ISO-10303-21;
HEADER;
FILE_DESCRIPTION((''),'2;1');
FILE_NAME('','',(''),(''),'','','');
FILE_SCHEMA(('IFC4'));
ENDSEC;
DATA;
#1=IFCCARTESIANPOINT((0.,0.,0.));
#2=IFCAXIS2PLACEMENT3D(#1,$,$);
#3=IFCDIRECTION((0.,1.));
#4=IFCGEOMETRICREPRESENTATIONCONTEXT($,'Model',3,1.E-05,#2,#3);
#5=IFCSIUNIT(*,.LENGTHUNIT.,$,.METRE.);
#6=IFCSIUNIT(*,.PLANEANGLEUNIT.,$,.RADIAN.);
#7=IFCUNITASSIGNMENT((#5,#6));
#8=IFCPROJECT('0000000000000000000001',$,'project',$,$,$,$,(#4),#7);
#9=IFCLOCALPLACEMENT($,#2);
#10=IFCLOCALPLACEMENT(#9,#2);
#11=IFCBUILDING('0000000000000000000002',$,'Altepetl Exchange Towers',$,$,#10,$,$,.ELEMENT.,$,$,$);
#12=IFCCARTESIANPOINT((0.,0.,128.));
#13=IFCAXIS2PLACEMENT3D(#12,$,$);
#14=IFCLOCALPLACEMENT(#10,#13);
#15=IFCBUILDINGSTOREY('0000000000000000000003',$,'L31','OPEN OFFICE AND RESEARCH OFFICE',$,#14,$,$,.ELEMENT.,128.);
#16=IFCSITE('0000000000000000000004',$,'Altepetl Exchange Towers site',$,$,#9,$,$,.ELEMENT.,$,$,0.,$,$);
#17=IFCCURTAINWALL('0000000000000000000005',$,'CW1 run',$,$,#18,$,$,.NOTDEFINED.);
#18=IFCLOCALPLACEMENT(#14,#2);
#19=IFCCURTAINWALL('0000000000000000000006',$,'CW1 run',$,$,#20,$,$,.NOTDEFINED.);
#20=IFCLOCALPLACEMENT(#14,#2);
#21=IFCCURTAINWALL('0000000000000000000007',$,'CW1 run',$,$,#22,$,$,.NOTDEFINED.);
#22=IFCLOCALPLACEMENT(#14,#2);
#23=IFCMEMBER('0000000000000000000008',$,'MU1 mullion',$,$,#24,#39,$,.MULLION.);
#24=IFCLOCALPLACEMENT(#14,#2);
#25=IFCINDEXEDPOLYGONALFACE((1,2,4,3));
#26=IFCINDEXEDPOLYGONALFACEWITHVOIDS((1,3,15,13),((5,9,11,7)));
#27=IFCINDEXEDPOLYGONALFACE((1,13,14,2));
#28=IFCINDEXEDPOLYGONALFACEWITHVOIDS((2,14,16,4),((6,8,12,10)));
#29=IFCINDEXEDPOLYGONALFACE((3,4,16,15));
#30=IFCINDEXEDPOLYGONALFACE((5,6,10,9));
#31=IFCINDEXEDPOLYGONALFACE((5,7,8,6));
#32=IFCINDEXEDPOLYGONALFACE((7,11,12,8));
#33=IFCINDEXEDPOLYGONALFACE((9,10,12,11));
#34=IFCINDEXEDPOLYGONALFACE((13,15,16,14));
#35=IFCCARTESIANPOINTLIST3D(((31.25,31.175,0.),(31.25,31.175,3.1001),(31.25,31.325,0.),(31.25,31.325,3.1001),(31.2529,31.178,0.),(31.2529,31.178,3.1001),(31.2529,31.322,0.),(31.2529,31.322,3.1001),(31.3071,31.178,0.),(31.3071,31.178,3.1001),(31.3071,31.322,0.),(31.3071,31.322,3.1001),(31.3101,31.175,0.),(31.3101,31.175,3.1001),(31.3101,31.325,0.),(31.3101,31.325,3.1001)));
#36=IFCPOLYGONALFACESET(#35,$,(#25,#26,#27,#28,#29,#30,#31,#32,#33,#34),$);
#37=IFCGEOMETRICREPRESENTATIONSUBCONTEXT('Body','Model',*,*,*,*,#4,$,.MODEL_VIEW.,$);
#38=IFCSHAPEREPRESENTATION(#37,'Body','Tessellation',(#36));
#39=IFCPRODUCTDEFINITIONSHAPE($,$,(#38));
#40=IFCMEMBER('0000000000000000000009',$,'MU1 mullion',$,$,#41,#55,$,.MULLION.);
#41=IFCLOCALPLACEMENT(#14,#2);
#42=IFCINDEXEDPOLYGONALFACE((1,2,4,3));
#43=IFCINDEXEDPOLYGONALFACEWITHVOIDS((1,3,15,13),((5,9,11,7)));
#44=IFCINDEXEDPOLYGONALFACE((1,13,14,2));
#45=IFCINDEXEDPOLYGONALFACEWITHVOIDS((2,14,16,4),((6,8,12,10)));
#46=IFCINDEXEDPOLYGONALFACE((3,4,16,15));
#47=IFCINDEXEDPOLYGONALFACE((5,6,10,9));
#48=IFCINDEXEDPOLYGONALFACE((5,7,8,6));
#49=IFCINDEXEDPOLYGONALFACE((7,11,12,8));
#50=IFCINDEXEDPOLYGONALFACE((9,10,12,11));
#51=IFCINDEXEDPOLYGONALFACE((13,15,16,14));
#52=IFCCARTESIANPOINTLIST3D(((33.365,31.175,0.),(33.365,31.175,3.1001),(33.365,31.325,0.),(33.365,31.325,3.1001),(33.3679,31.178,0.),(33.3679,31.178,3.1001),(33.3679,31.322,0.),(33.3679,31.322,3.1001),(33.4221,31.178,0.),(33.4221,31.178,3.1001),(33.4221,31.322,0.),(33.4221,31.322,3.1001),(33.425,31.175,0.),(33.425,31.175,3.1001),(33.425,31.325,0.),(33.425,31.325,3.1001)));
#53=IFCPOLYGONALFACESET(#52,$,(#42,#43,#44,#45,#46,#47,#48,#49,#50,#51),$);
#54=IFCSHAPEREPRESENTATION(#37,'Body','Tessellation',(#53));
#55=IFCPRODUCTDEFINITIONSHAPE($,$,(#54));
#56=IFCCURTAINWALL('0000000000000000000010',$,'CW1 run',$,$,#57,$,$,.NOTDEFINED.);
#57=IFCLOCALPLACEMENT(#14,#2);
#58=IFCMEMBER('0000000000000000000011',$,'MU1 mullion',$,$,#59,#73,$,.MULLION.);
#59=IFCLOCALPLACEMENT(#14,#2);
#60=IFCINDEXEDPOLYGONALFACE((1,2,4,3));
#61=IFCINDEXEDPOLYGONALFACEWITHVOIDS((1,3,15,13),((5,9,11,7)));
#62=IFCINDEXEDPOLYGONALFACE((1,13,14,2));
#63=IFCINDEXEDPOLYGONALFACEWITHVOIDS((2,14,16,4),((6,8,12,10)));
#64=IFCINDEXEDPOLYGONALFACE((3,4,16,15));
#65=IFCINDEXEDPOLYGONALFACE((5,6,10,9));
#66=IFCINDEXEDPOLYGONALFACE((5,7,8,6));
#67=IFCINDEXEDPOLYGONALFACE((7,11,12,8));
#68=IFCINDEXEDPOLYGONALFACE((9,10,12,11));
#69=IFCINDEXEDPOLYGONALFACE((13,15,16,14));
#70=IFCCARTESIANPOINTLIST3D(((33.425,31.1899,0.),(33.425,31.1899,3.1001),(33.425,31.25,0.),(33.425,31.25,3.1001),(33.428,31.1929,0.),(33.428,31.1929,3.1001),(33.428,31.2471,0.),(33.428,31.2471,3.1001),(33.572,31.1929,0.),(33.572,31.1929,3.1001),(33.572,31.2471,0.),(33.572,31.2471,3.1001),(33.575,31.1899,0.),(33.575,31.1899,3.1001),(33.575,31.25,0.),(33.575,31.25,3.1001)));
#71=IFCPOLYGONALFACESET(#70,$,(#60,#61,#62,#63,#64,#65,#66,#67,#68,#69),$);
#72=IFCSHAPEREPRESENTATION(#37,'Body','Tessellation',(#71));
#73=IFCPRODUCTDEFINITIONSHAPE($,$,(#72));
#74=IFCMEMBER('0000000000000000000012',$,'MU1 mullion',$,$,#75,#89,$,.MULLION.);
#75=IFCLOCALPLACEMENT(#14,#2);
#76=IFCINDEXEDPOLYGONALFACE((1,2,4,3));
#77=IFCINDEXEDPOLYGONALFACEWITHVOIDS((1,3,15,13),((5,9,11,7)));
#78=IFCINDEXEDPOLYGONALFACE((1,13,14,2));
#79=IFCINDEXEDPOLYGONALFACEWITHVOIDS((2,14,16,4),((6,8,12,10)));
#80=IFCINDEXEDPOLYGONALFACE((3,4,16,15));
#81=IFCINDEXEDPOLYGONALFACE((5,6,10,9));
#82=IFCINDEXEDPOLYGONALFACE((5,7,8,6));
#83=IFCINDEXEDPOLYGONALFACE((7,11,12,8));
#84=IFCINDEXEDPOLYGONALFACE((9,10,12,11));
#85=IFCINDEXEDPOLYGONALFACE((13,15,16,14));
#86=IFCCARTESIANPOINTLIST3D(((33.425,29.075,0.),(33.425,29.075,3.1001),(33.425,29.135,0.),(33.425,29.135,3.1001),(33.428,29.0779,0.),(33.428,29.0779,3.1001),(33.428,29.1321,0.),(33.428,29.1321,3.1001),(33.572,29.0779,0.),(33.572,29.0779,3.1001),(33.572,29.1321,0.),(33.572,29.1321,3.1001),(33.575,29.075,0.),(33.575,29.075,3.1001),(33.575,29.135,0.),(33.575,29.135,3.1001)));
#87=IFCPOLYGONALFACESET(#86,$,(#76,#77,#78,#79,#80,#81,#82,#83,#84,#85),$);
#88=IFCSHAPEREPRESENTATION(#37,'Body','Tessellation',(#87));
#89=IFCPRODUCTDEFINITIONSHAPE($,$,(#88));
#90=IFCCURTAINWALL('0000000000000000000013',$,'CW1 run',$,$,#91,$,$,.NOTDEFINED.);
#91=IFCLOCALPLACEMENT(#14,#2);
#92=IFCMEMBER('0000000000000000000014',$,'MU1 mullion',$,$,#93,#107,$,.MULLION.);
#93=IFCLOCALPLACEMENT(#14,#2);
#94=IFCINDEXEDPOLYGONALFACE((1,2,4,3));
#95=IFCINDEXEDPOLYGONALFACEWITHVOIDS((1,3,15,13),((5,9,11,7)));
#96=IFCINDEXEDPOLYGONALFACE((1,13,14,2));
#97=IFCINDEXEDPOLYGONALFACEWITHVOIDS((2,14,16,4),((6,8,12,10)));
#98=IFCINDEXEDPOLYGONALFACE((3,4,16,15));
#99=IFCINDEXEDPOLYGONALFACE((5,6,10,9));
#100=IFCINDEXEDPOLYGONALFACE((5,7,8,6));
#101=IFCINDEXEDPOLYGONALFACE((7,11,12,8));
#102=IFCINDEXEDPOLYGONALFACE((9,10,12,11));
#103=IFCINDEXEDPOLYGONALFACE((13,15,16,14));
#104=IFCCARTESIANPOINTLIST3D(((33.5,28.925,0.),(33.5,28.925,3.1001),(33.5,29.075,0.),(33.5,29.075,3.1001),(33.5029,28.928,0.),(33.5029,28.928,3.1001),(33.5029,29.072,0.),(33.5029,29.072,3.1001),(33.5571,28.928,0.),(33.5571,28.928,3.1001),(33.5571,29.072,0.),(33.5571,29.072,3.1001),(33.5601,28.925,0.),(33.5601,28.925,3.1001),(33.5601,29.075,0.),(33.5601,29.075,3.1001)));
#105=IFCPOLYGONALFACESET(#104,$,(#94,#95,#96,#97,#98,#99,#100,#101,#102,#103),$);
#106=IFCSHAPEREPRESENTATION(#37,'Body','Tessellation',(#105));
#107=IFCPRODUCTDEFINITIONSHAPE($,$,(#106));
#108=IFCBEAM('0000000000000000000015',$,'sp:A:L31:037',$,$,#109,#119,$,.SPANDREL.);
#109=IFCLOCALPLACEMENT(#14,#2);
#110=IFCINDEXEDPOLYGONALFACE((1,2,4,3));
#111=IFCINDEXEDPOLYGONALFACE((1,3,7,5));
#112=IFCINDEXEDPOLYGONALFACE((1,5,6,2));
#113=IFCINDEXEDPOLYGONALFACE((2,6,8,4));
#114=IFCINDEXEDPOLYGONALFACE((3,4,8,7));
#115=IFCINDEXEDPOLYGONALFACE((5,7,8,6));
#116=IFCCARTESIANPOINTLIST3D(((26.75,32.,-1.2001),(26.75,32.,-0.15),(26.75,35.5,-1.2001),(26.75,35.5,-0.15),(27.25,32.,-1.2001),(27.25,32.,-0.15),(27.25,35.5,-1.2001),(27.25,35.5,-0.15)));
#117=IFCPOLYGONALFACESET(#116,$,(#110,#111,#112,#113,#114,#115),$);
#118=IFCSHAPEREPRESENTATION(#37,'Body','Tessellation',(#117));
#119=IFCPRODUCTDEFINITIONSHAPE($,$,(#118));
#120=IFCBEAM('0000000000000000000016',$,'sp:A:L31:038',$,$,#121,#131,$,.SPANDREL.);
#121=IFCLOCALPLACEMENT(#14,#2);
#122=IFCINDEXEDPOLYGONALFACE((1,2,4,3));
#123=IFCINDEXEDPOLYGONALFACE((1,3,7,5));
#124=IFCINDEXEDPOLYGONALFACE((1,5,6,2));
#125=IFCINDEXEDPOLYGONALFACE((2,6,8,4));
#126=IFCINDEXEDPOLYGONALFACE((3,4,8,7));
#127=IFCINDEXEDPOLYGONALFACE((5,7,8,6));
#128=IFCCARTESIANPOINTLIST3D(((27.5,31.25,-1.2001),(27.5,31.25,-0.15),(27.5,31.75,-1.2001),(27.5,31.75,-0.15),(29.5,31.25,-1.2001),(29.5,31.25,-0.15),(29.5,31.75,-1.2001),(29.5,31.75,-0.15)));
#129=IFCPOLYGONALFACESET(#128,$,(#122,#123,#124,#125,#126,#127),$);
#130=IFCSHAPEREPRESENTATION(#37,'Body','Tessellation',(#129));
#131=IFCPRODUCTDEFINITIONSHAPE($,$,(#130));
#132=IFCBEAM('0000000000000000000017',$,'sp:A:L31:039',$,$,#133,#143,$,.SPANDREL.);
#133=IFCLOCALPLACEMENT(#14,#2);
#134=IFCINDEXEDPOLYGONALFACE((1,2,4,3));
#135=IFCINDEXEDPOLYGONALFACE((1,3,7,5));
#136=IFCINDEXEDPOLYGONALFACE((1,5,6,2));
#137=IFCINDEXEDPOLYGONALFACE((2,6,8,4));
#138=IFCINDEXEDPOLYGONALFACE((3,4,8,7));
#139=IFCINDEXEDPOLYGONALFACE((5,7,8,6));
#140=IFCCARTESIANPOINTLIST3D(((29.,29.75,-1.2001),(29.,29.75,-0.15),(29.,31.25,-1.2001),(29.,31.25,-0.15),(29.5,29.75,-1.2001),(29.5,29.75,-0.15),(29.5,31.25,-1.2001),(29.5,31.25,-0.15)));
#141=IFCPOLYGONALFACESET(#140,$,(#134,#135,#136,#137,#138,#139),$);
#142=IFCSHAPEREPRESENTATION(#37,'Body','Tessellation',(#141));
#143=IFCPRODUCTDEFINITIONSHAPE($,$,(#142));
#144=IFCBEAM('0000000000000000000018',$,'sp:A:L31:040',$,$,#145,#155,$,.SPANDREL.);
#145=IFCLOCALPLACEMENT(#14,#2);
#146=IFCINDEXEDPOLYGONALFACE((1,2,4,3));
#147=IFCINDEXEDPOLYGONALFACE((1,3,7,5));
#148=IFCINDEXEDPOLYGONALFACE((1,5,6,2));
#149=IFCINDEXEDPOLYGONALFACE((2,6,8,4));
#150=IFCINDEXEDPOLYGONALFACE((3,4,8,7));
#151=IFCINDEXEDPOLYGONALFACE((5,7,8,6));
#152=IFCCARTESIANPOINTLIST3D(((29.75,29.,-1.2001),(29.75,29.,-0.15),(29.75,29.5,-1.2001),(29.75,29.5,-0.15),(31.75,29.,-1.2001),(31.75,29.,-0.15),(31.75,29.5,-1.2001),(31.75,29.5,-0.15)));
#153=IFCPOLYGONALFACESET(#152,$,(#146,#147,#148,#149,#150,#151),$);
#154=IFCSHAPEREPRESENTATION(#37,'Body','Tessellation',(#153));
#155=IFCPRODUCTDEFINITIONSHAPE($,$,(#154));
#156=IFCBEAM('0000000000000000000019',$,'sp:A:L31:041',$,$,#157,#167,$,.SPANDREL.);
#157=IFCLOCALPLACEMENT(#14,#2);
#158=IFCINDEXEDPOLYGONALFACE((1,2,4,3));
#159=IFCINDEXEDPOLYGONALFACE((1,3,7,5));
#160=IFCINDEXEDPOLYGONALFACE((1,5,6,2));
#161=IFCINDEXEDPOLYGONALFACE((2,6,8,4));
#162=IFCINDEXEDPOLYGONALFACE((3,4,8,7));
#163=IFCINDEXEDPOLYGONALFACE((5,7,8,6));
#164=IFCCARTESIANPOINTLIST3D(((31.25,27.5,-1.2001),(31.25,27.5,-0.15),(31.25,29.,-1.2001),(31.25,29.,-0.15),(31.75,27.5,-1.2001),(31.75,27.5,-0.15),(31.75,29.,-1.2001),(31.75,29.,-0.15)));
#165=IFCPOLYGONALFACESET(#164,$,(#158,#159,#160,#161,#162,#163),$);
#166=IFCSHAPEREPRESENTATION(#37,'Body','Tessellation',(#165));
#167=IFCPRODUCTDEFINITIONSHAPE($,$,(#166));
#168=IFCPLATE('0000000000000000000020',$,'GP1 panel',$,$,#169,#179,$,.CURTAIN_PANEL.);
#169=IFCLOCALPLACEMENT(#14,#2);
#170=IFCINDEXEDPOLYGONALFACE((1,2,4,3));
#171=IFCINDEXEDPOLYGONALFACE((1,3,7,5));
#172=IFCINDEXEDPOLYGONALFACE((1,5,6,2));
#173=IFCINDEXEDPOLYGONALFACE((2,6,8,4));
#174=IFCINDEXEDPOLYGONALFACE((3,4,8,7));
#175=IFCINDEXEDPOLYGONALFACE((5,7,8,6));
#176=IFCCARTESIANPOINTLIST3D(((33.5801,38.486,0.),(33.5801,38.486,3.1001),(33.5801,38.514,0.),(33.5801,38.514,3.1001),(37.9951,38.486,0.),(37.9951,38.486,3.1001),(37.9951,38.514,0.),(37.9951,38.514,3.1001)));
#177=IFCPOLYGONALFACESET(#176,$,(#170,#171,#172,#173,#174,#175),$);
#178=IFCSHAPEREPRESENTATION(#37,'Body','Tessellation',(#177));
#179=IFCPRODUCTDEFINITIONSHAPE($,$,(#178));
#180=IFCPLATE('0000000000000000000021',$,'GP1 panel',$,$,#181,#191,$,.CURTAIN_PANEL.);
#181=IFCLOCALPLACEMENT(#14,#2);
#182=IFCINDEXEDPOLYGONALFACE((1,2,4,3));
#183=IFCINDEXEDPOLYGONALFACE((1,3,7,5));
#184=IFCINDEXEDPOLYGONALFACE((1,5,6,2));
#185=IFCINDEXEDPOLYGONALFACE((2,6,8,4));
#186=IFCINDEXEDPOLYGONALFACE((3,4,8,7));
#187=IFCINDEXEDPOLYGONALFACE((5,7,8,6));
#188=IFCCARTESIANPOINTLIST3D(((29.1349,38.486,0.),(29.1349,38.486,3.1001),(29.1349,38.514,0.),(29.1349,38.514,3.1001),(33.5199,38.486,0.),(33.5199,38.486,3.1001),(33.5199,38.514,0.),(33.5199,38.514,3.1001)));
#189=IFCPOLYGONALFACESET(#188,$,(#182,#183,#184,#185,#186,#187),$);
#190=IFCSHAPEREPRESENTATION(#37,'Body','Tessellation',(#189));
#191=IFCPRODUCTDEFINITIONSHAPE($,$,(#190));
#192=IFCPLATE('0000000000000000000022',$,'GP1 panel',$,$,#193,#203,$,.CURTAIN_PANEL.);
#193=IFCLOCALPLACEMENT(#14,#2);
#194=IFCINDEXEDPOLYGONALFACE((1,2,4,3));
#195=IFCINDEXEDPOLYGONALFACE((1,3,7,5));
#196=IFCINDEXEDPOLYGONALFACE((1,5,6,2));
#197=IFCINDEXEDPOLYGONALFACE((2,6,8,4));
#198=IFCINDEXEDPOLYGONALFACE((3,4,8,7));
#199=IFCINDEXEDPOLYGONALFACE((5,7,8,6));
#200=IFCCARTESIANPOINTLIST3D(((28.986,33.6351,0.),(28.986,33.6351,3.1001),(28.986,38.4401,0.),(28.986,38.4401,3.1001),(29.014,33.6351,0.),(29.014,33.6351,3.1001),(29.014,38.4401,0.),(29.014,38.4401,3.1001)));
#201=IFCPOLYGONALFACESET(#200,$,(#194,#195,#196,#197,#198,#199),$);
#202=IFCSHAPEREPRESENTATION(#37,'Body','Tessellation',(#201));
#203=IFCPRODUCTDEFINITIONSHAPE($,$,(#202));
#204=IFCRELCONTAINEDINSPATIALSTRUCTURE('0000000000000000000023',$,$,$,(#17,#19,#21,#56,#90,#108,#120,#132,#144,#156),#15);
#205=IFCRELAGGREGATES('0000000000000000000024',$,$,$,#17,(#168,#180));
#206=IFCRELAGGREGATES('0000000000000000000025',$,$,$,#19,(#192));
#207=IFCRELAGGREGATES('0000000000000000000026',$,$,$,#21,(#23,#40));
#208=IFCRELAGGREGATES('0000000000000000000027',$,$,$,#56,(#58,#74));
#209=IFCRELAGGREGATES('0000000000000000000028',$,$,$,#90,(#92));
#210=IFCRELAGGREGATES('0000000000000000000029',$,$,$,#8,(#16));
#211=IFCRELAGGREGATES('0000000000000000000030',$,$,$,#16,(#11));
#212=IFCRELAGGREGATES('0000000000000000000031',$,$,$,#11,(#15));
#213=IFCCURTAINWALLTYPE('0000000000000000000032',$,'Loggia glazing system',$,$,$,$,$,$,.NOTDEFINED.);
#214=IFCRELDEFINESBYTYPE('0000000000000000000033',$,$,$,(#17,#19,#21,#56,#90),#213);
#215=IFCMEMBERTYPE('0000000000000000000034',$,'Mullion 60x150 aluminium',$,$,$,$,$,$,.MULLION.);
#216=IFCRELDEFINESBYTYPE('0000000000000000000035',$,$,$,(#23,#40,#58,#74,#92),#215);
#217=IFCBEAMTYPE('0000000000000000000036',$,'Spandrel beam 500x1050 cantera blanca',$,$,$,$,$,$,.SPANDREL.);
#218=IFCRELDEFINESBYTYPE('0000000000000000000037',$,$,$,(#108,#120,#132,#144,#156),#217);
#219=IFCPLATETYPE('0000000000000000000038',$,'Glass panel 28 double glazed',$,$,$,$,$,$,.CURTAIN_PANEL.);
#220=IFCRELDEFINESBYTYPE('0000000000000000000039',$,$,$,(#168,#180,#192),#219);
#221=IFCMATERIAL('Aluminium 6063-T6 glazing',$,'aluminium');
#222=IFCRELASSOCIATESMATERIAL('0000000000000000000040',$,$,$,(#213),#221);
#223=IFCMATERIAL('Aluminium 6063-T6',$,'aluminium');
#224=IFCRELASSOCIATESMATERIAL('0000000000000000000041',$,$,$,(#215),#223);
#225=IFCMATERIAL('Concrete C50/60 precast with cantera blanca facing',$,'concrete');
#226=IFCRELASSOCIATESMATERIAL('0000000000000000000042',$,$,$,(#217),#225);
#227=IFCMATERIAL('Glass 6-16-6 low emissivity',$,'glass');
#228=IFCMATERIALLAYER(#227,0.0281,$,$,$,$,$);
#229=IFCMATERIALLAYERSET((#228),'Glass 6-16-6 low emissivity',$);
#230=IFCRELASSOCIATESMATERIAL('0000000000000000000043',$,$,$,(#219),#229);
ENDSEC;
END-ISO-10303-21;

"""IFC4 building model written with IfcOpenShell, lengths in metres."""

from ifc_helpers import new_model, si_unit, direction, frame, origin, origin_2d, place, context, subcontext, project, spatial, rectangle, hollow_rectangle, extrude, material, layer, layer_set, material_profile, profile_set, type_object, element, aggregate, save


model = new_model("IFC4")

# Units and contexts
model_context = context("Model", 3, precision=1e-05, world=origin(), true_north=direction((0.0, 1.0)))
body_context = subcontext(model_context, "Body", "Model", "MODEL_VIEW")
ifc_project = project(units=[si_unit("LENGTHUNIT", "METRE"), si_unit("PLANEANGLEUNIT", "RADIAN")], contexts=[model_context])

# Site, building, storey
site_placement = place(None, origin())
site = spatial("IfcSite", under=ifc_project, at=site_placement, Name="Altepetl Exchange Towers site", CompositionType="ELEMENT", RefElevation=0.0)
building_placement = place(site_placement, origin())
building = spatial("IfcBuilding", under=site, at=building_placement, Name="Altepetl Exchange Towers", CompositionType="ELEMENT")
storey_placement = place(building_placement, frame((0.0, 0.0, 128.0)))
storey = spatial("IfcBuildingStorey", under=building, at=storey_placement, Name="L31", Description="OPEN OFFICE AND RESEARCH OFFICE", CompositionType="ELEMENT", Elevation=128.0)

# Curtain walls, members
ifc_material_1 = material(Name="Aluminium 6063-T6 glazing", Category="aluminium")
curtain_wall_type = type_object("IfcCurtainWallType", Name="Loggia glazing system", PredefinedType="NOTDEFINED", material=ifc_material_1)
curtain_wall_1_placement = place(storey_placement, origin())
curtain_wall_1 = element("IfcCurtainWall", 1, at=curtain_wall_1_placement, inside=storey, type_object=curtain_wall_type, Name="CW1 run", PredefinedType="NOTDEFINED")
ifc_material_2 = material(Name="Aluminium 6063-T6", Category="aluminium")
ifc_material_profile_1 = material_profile(ifc_material_2, hollow_rectangle(XDim=0.0601, YDim=0.1499, WallThickness=0.0029, at=origin_2d()), Name="Mullion 60x150 aluminium")
ifc_profile_set_1 = profile_set([ifc_material_profile_1], Name="Aluminium 6063-T6")
member_type = type_object("IfcMemberType", Name="Mullion 60x150 aluminium", PredefinedType="MULLION", material=ifc_profile_set_1)
curtain_wall_2_placement = place(storey_placement, origin())
curtain_wall_2 = element("IfcCurtainWall", 2, at=curtain_wall_2_placement, inside=storey, type_object=curtain_wall_type, Name="CW1 run", PredefinedType="NOTDEFINED")
curtain_wall_3_placement = place(storey_placement, origin())
curtain_wall_3 = element("IfcCurtainWall", 3, at=curtain_wall_3_placement, inside=storey, type_object=curtain_wall_type, Name="CW1 run", PredefinedType="NOTDEFINED")
member_1_placement = place(storey_placement, frame((31.28, 31.25, 0.0)))
member_1 = element("IfcMember", 4, at=member_1_placement, type_object=member_type, Name="MU1 mullion", PredefinedType="MULLION", context=body_context, shape_type="SweptSolid", body=[
    extrude(hollow_rectangle(XDim=0.0601, YDim=0.1499, WallThickness=0.0029, at=origin_2d()), origin(), (0.0, 0.0, 1.0), 3.1001),
])
member_2_placement = place(storey_placement, frame((33.395, 31.25, 0.0)))
member_2 = element("IfcMember", 5, at=member_2_placement, type_object=member_type, Name="MU1 mullion", PredefinedType="MULLION", context=body_context, shape_type="SweptSolid", body=[
    extrude(hollow_rectangle(XDim=0.0601, YDim=0.1499, WallThickness=0.0029, at=origin_2d()), origin(), (0.0, 0.0, 1.0), 3.1001),
])
curtain_wall_4_placement = place(storey_placement, origin())
curtain_wall_4 = element("IfcCurtainWall", 6, at=curtain_wall_4_placement, inside=storey, type_object=curtain_wall_type, Name="CW1 run", PredefinedType="NOTDEFINED")
member_3_placement = place(storey_placement, frame((33.5, 31.22, 0.0), z_axis=(0.0, 0.0, 1.0), x_axis=(0.0, -1.0, 0.0)))
member_3 = element("IfcMember", 7, at=member_3_placement, type_object=member_type, Name="MU1 mullion", PredefinedType="MULLION", context=body_context, shape_type="SweptSolid", body=[
    extrude(hollow_rectangle(XDim=0.0601, YDim=0.1499, WallThickness=0.0029, at=origin_2d()), origin(), (0.0, 0.0, 1.0), 3.1001),
])
member_4_placement = place(storey_placement, frame((33.5, 29.105, 0.0), z_axis=(0.0, 0.0, 1.0), x_axis=(0.0, -1.0, 0.0)))
member_4 = element("IfcMember", 8, at=member_4_placement, type_object=member_type, Name="MU1 mullion", PredefinedType="MULLION", context=body_context, shape_type="SweptSolid", body=[
    extrude(hollow_rectangle(XDim=0.0601, YDim=0.1499, WallThickness=0.0029, at=origin_2d()), origin(), (0.0, 0.0, 1.0), 3.1001),
])

# Curtain wall, member
curtain_wall_5_placement = place(storey_placement, origin())
curtain_wall_5 = element("IfcCurtainWall", 9, at=curtain_wall_5_placement, inside=storey, type_object=curtain_wall_type, Name="CW1 run", PredefinedType="NOTDEFINED")
member_5_placement = place(storey_placement, frame((33.53, 29.0, 0.0)))
member_5 = element("IfcMember", 10, at=member_5_placement, type_object=member_type, Name="MU1 mullion", PredefinedType="MULLION", context=body_context, shape_type="SweptSolid", body=[
    extrude(hollow_rectangle(XDim=0.0601, YDim=0.1499, WallThickness=0.0029, at=origin_2d()), origin(), (0.0, 0.0, 1.0), 3.1001),
])

# Beams
ifc_material_3 = material(Name="Concrete C50/60 precast with cantera blanca facing", Category="concrete")
ifc_material_profile_2 = material_profile(ifc_material_3, rectangle(XDim=0.5, YDim=1.05, at=origin_2d()), Name="500 x 1050")
ifc_profile_set_2 = profile_set([ifc_material_profile_2], Name="Concrete C50/60 precast with cantera blanca facing")
beam_type_1 = type_object("IfcBeamType", Name="Spandrel beam 500x1050 cantera blanca", PredefinedType="SPANDREL", material=ifc_profile_set_2)
beam_1_placement = place(storey_placement, frame((27.0, 35.5, -0.675), z_axis=(0.0, -1.0, 0.0), x_axis=(1.0, 0.0, 0.0)))
element("IfcBeam", 11, at=beam_1_placement, inside=storey, type_object=beam_type_1, Name="sp:A:L31:037", PredefinedType="SPANDREL", context=body_context, shape_type="SweptSolid", body=[
    extrude(rectangle(XDim=0.5, YDim=1.05, at=origin_2d()), origin(), (0.0, 0.0, 1.0), 3.5),
])
beam_2_placement = place(storey_placement, frame((27.5, 31.5, -0.675), z_axis=(1.0, 0.0, 0.0), x_axis=(0.0, 1.0, 0.0)))
element("IfcBeam", 12, at=beam_2_placement, inside=storey, type_object=beam_type_1, Name="sp:A:L31:038", PredefinedType="SPANDREL", context=body_context, shape_type="SweptSolid", body=[
    extrude(rectangle(XDim=0.5, YDim=1.05, at=origin_2d()), origin(), (0.0, 0.0, 1.0), 2.0),
])
beam_3_placement = place(storey_placement, frame((29.25, 31.25, -0.675), z_axis=(0.0, -1.0, 0.0), x_axis=(1.0, 0.0, 0.0)))
element("IfcBeam", 13, at=beam_3_placement, inside=storey, type_object=beam_type_1, Name="sp:A:L31:039", PredefinedType="SPANDREL", context=body_context, shape_type="SweptSolid", body=[
    extrude(rectangle(XDim=0.5, YDim=1.05, at=origin_2d()), origin(), (0.0, 0.0, 1.0), 1.5),
])
beam_4_placement = place(storey_placement, frame((29.75, 29.25, -0.675), z_axis=(1.0, 0.0, 0.0), x_axis=(0.0, 1.0, 0.0)))
element("IfcBeam", 14, at=beam_4_placement, inside=storey, type_object=beam_type_1, Name="sp:A:L31:040", PredefinedType="SPANDREL", context=body_context, shape_type="SweptSolid", body=[
    extrude(rectangle(XDim=0.5, YDim=1.05, at=origin_2d()), origin(), (0.0, 0.0, 1.0), 2.0),
])
beam_5_placement = place(storey_placement, frame((31.5, 29.0, -0.675), z_axis=(0.0, -1.0, 0.0), x_axis=(1.0, 0.0, 0.0)))
element("IfcBeam", 15, at=beam_5_placement, inside=storey, type_object=beam_type_1, Name="sp:A:L31:041", PredefinedType="SPANDREL", context=body_context, shape_type="SweptSolid", body=[
    extrude(rectangle(XDim=0.5, YDim=1.05, at=origin_2d()), origin(), (0.0, 0.0, 1.0), 1.5),
])

# Plates
ifc_material_4 = material(Name="Glass 6-16-6 low emissivity", Category="glass")
ifc_layer = layer(ifc_material_4, 0.0281)
ifc_layer_set = layer_set([ifc_layer], Name="Glass 6-16-6 low emissivity")
plate_type = type_object("IfcPlateType", Name="Glass panel 28 double glazed", PredefinedType="CURTAIN_PANEL", material=ifc_layer_set)
plate_1_placement = place(storey_placement, frame((35.7876, 38.5, 0.0), z_axis=(0.0, 0.0, 1.0), x_axis=(-1.0, 0.0, 0.0)))
plate_1 = element("IfcPlate", 16, at=plate_1_placement, type_object=plate_type, Name="GP1 panel", PredefinedType="CURTAIN_PANEL", context=body_context, shape_type="SweptSolid", body=[
    extrude(rectangle(XDim=4.415, YDim=0.0281, at=origin_2d()), origin(), (0.0, 0.0, 1.0), 3.1001),
])
plate_2_placement = place(storey_placement, frame((31.3274, 38.5, 0.0), z_axis=(0.0, 0.0, 1.0), x_axis=(-1.0, 0.0, 0.0)))
plate_2 = element("IfcPlate", 17, at=plate_2_placement, type_object=plate_type, Name="GP1 panel", PredefinedType="CURTAIN_PANEL", context=body_context, shape_type="SweptSolid", body=[
    extrude(rectangle(XDim=4.385, YDim=0.0281, at=origin_2d()), origin(), (0.0, 0.0, 1.0), 3.1001),
])
aggregate(curtain_wall_1, [plate_1, plate_2])
plate_3_placement = place(storey_placement, frame((29.0, 36.0376, 0.0), z_axis=(0.0, 0.0, 1.0), x_axis=(0.0, -1.0, 0.0)))
plate_3 = element("IfcPlate", 18, at=plate_3_placement, type_object=plate_type, Name="GP1 panel", PredefinedType="CURTAIN_PANEL", context=body_context, shape_type="SweptSolid", body=[
    extrude(rectangle(XDim=4.8049, YDim=0.0281, at=origin_2d()), origin(), (0.0, 0.0, 1.0), 3.1001),
])
aggregate(curtain_wall_2, [plate_3])
aggregate(curtain_wall_3, [member_1, member_2])
aggregate(curtain_wall_4, [member_3, member_4])
aggregate(curtain_wall_5, [member_5])

save(model, "model.ifc")
